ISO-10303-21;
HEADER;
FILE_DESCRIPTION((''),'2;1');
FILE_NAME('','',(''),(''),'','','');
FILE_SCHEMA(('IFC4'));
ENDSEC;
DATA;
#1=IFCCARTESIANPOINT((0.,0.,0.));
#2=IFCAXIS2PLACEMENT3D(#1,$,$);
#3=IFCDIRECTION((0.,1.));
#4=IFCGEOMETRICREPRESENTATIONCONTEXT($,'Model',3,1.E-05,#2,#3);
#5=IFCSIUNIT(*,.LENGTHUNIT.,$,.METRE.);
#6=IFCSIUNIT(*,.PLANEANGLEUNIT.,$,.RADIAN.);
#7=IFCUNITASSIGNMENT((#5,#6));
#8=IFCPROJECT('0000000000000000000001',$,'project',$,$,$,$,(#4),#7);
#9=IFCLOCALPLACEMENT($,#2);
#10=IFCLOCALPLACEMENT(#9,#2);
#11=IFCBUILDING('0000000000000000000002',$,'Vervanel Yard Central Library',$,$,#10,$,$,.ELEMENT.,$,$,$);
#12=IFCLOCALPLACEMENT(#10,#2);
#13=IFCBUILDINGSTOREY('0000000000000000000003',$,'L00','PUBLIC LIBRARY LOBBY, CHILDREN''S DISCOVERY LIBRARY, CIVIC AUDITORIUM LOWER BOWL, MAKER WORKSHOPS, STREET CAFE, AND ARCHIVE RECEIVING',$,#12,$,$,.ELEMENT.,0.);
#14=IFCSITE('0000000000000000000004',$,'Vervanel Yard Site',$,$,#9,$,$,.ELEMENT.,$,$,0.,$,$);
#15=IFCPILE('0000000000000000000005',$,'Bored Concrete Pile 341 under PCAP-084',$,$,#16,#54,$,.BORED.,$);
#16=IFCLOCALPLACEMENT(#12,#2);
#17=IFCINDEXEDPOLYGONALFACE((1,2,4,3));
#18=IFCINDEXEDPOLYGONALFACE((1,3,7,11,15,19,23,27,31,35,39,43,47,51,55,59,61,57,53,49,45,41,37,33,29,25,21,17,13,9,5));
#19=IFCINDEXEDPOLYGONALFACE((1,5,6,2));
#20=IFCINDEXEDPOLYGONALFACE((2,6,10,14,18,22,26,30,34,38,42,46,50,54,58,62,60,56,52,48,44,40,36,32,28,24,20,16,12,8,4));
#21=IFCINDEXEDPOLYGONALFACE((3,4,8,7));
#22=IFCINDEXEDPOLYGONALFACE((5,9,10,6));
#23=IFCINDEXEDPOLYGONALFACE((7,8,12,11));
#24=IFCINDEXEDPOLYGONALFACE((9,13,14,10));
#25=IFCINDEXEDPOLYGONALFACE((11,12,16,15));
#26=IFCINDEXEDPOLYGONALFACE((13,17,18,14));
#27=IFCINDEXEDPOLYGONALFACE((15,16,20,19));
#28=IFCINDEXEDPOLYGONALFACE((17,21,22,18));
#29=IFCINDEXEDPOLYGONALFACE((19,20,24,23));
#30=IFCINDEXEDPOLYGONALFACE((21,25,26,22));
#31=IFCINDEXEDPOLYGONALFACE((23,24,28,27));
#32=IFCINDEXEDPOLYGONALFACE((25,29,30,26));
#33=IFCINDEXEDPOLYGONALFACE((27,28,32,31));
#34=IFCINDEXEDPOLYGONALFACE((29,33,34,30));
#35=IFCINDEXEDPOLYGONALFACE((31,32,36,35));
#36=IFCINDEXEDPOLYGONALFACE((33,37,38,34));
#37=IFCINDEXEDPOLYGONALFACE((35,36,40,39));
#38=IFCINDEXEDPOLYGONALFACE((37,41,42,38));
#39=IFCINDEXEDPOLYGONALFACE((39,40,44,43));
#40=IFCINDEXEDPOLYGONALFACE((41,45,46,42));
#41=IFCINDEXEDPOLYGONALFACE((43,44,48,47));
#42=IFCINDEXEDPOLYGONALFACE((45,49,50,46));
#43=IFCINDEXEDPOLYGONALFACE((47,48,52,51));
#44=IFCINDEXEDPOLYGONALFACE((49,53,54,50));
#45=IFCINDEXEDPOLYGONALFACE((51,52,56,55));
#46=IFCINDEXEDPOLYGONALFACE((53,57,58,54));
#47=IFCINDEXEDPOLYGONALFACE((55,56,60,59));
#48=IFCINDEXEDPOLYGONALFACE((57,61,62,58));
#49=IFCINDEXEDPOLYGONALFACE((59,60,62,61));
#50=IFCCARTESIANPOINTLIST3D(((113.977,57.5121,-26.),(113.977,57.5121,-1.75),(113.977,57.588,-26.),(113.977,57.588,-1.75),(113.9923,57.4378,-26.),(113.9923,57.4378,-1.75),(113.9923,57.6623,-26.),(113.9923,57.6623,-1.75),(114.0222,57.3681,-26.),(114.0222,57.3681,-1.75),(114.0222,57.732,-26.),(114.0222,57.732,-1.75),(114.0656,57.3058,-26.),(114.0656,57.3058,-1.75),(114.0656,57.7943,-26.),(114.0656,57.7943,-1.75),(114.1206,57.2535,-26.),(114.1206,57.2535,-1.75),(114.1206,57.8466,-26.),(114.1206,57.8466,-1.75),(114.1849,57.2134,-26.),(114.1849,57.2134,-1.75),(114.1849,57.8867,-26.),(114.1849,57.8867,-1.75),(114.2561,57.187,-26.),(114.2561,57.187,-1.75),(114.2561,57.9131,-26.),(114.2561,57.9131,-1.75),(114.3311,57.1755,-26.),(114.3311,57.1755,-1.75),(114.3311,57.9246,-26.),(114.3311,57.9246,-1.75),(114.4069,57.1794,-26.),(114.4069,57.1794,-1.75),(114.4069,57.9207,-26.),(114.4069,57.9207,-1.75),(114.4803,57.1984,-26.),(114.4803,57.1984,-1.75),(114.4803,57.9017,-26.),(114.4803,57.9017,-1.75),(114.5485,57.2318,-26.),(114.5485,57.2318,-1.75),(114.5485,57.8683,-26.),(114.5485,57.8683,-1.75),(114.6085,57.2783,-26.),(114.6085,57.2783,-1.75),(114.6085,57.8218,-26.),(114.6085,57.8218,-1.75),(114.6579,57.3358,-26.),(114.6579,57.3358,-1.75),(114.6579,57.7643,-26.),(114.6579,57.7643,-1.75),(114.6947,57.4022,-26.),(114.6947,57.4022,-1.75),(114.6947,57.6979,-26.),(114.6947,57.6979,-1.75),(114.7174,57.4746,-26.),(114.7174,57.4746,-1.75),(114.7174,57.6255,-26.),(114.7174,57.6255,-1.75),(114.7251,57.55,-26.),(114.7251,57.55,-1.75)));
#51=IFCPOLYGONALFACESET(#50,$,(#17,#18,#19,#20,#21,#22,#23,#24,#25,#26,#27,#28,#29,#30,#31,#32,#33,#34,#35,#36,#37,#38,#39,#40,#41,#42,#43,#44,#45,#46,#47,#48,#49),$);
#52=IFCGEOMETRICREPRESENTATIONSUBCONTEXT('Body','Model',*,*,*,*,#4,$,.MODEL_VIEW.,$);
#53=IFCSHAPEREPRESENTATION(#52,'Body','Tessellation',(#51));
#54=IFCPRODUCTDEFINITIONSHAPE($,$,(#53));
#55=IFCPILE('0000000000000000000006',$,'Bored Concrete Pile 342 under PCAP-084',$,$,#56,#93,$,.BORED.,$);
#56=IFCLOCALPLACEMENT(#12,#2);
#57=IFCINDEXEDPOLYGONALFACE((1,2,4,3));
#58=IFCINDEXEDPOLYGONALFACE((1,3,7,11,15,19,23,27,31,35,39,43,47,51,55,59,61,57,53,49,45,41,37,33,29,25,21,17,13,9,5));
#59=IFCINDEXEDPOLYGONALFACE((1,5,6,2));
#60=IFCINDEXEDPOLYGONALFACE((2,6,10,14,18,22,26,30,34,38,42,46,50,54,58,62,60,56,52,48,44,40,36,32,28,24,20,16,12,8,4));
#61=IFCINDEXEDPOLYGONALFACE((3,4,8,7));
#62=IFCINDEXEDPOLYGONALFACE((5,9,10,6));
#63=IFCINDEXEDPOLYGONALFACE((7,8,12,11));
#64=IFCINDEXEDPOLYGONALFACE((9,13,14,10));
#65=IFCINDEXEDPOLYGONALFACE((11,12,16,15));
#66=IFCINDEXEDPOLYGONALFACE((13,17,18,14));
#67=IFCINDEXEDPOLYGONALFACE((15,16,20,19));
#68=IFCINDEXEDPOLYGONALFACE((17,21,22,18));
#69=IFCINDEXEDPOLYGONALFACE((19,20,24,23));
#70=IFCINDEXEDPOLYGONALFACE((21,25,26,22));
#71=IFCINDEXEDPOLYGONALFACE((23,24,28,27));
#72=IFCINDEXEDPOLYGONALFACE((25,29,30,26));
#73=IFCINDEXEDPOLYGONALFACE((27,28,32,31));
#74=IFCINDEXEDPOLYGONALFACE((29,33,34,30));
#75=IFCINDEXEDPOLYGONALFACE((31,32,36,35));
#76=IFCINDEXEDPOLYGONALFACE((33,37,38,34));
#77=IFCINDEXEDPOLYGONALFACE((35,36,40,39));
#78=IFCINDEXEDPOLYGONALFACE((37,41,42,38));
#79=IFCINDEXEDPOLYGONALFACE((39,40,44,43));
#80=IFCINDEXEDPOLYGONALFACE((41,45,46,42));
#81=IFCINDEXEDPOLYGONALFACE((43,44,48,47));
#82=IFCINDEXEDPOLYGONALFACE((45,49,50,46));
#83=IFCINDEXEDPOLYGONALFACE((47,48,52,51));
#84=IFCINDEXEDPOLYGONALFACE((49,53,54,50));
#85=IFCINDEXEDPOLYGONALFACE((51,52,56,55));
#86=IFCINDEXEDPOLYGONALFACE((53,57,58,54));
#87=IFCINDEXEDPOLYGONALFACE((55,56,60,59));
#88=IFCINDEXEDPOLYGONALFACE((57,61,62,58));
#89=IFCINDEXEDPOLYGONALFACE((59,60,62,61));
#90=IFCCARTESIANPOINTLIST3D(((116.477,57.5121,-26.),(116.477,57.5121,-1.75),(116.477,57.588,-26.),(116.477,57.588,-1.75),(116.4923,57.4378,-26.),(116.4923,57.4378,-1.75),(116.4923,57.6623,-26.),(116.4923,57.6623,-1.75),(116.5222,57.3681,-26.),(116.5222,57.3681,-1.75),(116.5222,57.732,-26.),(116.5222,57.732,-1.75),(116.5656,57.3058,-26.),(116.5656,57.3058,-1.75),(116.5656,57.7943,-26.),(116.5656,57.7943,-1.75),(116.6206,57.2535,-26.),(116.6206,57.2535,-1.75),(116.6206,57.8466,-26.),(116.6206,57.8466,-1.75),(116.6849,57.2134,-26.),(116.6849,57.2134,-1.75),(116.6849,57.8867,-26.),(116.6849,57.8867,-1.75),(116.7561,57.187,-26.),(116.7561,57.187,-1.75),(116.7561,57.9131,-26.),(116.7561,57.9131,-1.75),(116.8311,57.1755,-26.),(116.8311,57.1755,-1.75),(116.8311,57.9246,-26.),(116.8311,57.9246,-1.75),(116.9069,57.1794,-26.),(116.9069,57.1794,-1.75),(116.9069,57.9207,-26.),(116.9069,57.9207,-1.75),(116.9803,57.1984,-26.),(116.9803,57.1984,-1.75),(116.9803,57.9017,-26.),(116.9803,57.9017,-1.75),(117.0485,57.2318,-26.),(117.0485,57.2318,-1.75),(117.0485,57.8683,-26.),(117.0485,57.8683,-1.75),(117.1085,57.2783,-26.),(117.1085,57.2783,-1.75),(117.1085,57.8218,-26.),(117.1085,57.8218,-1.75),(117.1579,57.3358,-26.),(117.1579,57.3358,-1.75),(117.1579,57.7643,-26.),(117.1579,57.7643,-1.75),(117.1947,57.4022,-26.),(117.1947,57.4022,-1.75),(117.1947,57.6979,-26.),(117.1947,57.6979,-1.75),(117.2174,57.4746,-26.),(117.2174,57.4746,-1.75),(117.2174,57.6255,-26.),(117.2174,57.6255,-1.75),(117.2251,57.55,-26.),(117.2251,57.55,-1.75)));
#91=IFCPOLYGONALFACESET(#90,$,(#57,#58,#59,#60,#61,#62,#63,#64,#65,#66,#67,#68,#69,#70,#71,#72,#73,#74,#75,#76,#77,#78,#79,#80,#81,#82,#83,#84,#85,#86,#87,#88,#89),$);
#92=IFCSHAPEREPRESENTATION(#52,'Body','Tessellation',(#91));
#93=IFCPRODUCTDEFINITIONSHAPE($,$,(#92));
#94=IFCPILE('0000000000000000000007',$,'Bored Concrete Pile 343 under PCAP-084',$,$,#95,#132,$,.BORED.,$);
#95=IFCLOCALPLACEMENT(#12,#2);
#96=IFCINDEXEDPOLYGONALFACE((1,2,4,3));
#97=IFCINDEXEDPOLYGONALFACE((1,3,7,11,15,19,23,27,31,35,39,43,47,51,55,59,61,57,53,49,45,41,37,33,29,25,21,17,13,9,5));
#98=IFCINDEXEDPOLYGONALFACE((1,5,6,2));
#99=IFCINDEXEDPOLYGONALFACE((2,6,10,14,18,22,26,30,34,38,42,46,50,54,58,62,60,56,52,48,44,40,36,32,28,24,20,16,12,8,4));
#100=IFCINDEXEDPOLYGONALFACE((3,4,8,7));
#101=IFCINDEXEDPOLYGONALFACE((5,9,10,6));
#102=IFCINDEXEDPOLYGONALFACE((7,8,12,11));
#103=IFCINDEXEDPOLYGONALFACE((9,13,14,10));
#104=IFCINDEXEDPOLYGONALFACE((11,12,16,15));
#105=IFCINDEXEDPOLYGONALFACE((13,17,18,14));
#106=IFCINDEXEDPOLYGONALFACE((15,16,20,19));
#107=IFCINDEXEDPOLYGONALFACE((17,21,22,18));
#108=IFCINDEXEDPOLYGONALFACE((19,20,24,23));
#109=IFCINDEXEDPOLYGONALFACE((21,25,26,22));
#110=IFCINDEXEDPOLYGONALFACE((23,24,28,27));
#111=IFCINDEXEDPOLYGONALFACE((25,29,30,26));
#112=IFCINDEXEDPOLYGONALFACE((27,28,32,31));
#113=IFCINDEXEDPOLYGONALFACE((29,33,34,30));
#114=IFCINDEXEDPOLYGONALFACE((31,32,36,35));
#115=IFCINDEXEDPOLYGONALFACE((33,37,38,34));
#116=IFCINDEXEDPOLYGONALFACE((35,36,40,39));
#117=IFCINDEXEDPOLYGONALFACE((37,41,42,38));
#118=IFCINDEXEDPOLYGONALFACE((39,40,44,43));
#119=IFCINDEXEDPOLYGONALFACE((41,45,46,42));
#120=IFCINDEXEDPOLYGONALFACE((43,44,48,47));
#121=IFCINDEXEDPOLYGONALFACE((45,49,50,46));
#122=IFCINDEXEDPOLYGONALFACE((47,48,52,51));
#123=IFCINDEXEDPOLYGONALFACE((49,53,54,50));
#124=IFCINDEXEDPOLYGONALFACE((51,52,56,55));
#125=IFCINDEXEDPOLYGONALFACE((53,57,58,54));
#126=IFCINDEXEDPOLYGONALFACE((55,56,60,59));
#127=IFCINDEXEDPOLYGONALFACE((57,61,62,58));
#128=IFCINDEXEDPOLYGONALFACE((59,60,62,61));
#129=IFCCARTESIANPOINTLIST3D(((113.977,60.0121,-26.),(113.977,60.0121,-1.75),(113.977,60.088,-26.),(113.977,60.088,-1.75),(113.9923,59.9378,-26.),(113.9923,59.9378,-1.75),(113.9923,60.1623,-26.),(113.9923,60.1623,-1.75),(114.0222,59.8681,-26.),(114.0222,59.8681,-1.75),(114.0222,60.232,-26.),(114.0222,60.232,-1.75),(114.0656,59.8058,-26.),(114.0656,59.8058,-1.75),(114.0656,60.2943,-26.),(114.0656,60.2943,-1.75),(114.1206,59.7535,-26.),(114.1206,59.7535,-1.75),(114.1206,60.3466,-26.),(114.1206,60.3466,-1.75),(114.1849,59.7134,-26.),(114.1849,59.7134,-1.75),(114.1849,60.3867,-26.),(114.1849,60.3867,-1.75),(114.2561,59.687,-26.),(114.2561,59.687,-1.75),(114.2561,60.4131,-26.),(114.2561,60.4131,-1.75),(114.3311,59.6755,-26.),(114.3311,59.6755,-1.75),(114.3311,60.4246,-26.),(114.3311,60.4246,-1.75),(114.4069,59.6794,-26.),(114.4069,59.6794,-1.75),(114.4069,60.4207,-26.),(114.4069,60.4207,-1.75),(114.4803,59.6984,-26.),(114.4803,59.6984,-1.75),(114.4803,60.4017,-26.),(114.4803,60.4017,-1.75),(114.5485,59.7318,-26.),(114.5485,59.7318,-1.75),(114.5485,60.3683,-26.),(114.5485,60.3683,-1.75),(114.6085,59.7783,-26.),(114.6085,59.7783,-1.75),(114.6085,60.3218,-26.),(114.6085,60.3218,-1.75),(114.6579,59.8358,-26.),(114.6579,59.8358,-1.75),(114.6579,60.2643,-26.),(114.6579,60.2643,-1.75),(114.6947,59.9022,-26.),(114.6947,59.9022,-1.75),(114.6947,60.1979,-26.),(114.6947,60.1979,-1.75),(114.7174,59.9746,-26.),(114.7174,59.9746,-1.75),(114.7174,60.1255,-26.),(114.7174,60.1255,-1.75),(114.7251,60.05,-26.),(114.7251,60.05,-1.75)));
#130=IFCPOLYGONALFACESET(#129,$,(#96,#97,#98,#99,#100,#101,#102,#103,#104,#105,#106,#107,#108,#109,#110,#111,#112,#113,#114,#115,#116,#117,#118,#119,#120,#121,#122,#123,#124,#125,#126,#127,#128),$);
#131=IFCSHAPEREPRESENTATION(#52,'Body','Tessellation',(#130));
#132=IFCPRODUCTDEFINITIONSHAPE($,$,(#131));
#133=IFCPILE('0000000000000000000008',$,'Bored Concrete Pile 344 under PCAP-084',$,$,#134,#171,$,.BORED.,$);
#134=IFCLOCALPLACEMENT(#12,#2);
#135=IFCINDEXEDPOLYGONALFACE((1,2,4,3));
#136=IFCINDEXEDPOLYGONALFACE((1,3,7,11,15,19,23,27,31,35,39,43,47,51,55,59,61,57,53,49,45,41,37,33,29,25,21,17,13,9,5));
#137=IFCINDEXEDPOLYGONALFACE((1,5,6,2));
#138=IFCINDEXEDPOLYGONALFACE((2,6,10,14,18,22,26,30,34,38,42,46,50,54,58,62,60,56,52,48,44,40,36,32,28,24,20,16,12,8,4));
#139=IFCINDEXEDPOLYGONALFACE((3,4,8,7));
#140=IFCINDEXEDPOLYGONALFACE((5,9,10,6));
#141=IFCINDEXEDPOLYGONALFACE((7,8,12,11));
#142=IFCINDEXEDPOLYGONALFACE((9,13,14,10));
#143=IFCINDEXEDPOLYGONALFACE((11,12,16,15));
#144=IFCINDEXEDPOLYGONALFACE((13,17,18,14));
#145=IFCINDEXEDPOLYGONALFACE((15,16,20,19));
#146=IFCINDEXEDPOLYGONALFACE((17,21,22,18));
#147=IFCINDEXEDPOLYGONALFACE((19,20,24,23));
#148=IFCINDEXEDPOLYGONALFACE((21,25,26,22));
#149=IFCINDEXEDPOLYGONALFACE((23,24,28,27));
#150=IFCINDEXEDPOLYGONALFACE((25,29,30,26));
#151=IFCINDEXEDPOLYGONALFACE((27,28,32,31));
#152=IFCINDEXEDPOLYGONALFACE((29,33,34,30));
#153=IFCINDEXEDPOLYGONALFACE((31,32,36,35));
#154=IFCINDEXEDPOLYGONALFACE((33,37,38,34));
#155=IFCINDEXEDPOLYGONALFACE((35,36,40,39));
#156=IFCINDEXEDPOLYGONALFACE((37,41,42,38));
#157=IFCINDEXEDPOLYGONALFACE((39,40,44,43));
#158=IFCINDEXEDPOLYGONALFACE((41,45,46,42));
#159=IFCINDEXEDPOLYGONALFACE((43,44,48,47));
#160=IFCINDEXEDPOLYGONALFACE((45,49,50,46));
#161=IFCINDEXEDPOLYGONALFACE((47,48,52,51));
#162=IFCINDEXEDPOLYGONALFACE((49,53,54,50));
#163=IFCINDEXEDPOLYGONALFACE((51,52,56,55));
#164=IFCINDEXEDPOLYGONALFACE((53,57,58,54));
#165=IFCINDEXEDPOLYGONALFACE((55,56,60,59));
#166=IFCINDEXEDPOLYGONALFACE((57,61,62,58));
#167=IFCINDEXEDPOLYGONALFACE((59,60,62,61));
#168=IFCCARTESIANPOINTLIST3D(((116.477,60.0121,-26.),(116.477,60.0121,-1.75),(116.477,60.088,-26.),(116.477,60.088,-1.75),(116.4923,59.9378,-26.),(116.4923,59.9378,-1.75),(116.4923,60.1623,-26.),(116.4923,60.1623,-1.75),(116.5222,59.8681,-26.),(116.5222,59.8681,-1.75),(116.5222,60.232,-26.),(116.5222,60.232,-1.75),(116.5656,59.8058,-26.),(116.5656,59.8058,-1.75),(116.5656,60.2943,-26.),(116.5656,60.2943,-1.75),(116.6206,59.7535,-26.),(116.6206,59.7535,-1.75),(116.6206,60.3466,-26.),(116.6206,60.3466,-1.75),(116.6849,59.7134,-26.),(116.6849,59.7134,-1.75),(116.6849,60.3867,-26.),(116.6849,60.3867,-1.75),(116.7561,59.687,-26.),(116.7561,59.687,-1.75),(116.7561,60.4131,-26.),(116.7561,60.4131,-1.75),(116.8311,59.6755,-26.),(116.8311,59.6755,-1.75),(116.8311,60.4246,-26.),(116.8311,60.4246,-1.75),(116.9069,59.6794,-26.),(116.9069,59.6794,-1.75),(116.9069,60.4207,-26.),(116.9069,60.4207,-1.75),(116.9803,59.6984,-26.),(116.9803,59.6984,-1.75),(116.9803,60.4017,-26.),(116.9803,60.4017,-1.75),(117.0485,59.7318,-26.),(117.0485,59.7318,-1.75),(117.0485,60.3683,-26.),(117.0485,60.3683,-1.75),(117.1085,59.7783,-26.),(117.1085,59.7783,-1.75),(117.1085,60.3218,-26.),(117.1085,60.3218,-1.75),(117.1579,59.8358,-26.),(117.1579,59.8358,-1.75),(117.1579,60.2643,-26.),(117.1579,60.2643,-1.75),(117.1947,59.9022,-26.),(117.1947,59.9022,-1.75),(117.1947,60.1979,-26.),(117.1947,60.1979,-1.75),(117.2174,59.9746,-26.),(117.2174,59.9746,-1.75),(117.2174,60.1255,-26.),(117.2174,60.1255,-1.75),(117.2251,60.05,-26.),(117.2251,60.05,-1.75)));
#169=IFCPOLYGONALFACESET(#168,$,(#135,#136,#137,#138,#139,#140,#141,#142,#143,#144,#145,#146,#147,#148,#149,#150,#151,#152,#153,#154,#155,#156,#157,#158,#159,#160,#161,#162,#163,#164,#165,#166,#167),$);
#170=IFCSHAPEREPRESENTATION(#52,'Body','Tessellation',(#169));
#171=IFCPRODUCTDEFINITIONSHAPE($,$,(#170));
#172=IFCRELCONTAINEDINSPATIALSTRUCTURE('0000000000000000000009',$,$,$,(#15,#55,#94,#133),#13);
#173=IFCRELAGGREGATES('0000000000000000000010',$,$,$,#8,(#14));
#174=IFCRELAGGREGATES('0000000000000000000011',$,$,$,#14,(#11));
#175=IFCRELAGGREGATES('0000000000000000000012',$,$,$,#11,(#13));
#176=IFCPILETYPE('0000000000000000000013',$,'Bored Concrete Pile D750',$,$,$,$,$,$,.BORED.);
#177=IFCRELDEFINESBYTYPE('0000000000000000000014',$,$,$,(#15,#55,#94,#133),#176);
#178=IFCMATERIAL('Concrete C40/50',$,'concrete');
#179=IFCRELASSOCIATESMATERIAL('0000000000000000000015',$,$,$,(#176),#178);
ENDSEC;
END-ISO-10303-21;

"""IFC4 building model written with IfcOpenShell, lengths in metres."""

from ifc_helpers import new_model, si_unit, direction, frame, origin, origin_2d, place, context, subcontext, project, spatial, circle, extrude, material, material_profile, profile_set, type_object, element, save


model = new_model("IFC4")

# Units and contexts
model_context = context("Model", 3, precision=1e-05, world=origin(), true_north=direction((0.0, 1.0)))
body_context = subcontext(model_context, "Body", "Model", "MODEL_VIEW")
ifc_project = project(units=[si_unit("LENGTHUNIT", "METRE"), si_unit("PLANEANGLEUNIT", "RADIAN")], contexts=[model_context])

# Site, building, storey
site_placement = place(None, origin())
site = spatial("IfcSite", under=ifc_project, at=site_placement, Name="Vervanel Yard Site", CompositionType="ELEMENT", RefElevation=0.0)
building_placement = place(site_placement, origin())
building = spatial("IfcBuilding", under=site, at=building_placement, Name="Vervanel Yard Central Library", CompositionType="ELEMENT")
storey_placement = place(building_placement, origin())
storey = spatial("IfcBuildingStorey", under=building, at=storey_placement, Name="L00", Description="PUBLIC LIBRARY LOBBY, CHILDREN'S DISCOVERY LIBRARY, CIVIC AUDITORIUM LOWER BOWL, MAKER WORKSHOPS, STREET CAFE, AND ARCHIVE RECEIVING", CompositionType="ELEMENT", Elevation=0.0)

# Piles
ifc_material_1 = material(Name="Concrete C40/50", Category="concrete")
ifc_material_profile_1 = material_profile(ifc_material_1, circle(Radius=0.375, at=origin_2d()), Name="BP D750", Category="concrete")
ifc_profile_set_1 = profile_set([ifc_material_profile_1], Name="Concrete C40/50")
pile_type_1 = type_object("IfcPileType", Name="Bored Concrete Pile D750", PredefinedType="BORED", material=ifc_profile_set_1)
for number, where, z_axis, x_axis, name in (
    (1, (114.3501, 57.55, -1.75), (0.0, 0.0, -1.0), (1.0, 0.0, 0.0), "Bored Concrete Pile 341 under PCAP-084"),
    (2, (116.8501, 57.55, -1.75), (0.0, 0.0, -1.0), (1.0, 0.0, 0.0), "Bored Concrete Pile 342 under PCAP-084"),
    (3, (114.3501, 60.05, -1.75), (0.0, 0.0, -1.0), (1.0, 0.0, 0.0), "Bored Concrete Pile 343 under PCAP-084"),
    (4, (116.8501, 60.05, -1.75), (0.0, 0.0, -1.0), (1.0, 0.0, 0.0), "Bored Concrete Pile 344 under PCAP-084"),
):
    element("IfcPile", number, at=place(storey_placement, frame(where, z_axis=z_axis, x_axis=x_axis)), inside=storey, type_object=pile_type_1, Name=name, PredefinedType="BORED", context=body_context, shape_type="SweptSolid", body=[
        extrude(circle(Radius=0.375, at=origin_2d()), origin(), (0.0, 0.0, 1.0), 24.25),
    ])

save(model, "model.ifc")
